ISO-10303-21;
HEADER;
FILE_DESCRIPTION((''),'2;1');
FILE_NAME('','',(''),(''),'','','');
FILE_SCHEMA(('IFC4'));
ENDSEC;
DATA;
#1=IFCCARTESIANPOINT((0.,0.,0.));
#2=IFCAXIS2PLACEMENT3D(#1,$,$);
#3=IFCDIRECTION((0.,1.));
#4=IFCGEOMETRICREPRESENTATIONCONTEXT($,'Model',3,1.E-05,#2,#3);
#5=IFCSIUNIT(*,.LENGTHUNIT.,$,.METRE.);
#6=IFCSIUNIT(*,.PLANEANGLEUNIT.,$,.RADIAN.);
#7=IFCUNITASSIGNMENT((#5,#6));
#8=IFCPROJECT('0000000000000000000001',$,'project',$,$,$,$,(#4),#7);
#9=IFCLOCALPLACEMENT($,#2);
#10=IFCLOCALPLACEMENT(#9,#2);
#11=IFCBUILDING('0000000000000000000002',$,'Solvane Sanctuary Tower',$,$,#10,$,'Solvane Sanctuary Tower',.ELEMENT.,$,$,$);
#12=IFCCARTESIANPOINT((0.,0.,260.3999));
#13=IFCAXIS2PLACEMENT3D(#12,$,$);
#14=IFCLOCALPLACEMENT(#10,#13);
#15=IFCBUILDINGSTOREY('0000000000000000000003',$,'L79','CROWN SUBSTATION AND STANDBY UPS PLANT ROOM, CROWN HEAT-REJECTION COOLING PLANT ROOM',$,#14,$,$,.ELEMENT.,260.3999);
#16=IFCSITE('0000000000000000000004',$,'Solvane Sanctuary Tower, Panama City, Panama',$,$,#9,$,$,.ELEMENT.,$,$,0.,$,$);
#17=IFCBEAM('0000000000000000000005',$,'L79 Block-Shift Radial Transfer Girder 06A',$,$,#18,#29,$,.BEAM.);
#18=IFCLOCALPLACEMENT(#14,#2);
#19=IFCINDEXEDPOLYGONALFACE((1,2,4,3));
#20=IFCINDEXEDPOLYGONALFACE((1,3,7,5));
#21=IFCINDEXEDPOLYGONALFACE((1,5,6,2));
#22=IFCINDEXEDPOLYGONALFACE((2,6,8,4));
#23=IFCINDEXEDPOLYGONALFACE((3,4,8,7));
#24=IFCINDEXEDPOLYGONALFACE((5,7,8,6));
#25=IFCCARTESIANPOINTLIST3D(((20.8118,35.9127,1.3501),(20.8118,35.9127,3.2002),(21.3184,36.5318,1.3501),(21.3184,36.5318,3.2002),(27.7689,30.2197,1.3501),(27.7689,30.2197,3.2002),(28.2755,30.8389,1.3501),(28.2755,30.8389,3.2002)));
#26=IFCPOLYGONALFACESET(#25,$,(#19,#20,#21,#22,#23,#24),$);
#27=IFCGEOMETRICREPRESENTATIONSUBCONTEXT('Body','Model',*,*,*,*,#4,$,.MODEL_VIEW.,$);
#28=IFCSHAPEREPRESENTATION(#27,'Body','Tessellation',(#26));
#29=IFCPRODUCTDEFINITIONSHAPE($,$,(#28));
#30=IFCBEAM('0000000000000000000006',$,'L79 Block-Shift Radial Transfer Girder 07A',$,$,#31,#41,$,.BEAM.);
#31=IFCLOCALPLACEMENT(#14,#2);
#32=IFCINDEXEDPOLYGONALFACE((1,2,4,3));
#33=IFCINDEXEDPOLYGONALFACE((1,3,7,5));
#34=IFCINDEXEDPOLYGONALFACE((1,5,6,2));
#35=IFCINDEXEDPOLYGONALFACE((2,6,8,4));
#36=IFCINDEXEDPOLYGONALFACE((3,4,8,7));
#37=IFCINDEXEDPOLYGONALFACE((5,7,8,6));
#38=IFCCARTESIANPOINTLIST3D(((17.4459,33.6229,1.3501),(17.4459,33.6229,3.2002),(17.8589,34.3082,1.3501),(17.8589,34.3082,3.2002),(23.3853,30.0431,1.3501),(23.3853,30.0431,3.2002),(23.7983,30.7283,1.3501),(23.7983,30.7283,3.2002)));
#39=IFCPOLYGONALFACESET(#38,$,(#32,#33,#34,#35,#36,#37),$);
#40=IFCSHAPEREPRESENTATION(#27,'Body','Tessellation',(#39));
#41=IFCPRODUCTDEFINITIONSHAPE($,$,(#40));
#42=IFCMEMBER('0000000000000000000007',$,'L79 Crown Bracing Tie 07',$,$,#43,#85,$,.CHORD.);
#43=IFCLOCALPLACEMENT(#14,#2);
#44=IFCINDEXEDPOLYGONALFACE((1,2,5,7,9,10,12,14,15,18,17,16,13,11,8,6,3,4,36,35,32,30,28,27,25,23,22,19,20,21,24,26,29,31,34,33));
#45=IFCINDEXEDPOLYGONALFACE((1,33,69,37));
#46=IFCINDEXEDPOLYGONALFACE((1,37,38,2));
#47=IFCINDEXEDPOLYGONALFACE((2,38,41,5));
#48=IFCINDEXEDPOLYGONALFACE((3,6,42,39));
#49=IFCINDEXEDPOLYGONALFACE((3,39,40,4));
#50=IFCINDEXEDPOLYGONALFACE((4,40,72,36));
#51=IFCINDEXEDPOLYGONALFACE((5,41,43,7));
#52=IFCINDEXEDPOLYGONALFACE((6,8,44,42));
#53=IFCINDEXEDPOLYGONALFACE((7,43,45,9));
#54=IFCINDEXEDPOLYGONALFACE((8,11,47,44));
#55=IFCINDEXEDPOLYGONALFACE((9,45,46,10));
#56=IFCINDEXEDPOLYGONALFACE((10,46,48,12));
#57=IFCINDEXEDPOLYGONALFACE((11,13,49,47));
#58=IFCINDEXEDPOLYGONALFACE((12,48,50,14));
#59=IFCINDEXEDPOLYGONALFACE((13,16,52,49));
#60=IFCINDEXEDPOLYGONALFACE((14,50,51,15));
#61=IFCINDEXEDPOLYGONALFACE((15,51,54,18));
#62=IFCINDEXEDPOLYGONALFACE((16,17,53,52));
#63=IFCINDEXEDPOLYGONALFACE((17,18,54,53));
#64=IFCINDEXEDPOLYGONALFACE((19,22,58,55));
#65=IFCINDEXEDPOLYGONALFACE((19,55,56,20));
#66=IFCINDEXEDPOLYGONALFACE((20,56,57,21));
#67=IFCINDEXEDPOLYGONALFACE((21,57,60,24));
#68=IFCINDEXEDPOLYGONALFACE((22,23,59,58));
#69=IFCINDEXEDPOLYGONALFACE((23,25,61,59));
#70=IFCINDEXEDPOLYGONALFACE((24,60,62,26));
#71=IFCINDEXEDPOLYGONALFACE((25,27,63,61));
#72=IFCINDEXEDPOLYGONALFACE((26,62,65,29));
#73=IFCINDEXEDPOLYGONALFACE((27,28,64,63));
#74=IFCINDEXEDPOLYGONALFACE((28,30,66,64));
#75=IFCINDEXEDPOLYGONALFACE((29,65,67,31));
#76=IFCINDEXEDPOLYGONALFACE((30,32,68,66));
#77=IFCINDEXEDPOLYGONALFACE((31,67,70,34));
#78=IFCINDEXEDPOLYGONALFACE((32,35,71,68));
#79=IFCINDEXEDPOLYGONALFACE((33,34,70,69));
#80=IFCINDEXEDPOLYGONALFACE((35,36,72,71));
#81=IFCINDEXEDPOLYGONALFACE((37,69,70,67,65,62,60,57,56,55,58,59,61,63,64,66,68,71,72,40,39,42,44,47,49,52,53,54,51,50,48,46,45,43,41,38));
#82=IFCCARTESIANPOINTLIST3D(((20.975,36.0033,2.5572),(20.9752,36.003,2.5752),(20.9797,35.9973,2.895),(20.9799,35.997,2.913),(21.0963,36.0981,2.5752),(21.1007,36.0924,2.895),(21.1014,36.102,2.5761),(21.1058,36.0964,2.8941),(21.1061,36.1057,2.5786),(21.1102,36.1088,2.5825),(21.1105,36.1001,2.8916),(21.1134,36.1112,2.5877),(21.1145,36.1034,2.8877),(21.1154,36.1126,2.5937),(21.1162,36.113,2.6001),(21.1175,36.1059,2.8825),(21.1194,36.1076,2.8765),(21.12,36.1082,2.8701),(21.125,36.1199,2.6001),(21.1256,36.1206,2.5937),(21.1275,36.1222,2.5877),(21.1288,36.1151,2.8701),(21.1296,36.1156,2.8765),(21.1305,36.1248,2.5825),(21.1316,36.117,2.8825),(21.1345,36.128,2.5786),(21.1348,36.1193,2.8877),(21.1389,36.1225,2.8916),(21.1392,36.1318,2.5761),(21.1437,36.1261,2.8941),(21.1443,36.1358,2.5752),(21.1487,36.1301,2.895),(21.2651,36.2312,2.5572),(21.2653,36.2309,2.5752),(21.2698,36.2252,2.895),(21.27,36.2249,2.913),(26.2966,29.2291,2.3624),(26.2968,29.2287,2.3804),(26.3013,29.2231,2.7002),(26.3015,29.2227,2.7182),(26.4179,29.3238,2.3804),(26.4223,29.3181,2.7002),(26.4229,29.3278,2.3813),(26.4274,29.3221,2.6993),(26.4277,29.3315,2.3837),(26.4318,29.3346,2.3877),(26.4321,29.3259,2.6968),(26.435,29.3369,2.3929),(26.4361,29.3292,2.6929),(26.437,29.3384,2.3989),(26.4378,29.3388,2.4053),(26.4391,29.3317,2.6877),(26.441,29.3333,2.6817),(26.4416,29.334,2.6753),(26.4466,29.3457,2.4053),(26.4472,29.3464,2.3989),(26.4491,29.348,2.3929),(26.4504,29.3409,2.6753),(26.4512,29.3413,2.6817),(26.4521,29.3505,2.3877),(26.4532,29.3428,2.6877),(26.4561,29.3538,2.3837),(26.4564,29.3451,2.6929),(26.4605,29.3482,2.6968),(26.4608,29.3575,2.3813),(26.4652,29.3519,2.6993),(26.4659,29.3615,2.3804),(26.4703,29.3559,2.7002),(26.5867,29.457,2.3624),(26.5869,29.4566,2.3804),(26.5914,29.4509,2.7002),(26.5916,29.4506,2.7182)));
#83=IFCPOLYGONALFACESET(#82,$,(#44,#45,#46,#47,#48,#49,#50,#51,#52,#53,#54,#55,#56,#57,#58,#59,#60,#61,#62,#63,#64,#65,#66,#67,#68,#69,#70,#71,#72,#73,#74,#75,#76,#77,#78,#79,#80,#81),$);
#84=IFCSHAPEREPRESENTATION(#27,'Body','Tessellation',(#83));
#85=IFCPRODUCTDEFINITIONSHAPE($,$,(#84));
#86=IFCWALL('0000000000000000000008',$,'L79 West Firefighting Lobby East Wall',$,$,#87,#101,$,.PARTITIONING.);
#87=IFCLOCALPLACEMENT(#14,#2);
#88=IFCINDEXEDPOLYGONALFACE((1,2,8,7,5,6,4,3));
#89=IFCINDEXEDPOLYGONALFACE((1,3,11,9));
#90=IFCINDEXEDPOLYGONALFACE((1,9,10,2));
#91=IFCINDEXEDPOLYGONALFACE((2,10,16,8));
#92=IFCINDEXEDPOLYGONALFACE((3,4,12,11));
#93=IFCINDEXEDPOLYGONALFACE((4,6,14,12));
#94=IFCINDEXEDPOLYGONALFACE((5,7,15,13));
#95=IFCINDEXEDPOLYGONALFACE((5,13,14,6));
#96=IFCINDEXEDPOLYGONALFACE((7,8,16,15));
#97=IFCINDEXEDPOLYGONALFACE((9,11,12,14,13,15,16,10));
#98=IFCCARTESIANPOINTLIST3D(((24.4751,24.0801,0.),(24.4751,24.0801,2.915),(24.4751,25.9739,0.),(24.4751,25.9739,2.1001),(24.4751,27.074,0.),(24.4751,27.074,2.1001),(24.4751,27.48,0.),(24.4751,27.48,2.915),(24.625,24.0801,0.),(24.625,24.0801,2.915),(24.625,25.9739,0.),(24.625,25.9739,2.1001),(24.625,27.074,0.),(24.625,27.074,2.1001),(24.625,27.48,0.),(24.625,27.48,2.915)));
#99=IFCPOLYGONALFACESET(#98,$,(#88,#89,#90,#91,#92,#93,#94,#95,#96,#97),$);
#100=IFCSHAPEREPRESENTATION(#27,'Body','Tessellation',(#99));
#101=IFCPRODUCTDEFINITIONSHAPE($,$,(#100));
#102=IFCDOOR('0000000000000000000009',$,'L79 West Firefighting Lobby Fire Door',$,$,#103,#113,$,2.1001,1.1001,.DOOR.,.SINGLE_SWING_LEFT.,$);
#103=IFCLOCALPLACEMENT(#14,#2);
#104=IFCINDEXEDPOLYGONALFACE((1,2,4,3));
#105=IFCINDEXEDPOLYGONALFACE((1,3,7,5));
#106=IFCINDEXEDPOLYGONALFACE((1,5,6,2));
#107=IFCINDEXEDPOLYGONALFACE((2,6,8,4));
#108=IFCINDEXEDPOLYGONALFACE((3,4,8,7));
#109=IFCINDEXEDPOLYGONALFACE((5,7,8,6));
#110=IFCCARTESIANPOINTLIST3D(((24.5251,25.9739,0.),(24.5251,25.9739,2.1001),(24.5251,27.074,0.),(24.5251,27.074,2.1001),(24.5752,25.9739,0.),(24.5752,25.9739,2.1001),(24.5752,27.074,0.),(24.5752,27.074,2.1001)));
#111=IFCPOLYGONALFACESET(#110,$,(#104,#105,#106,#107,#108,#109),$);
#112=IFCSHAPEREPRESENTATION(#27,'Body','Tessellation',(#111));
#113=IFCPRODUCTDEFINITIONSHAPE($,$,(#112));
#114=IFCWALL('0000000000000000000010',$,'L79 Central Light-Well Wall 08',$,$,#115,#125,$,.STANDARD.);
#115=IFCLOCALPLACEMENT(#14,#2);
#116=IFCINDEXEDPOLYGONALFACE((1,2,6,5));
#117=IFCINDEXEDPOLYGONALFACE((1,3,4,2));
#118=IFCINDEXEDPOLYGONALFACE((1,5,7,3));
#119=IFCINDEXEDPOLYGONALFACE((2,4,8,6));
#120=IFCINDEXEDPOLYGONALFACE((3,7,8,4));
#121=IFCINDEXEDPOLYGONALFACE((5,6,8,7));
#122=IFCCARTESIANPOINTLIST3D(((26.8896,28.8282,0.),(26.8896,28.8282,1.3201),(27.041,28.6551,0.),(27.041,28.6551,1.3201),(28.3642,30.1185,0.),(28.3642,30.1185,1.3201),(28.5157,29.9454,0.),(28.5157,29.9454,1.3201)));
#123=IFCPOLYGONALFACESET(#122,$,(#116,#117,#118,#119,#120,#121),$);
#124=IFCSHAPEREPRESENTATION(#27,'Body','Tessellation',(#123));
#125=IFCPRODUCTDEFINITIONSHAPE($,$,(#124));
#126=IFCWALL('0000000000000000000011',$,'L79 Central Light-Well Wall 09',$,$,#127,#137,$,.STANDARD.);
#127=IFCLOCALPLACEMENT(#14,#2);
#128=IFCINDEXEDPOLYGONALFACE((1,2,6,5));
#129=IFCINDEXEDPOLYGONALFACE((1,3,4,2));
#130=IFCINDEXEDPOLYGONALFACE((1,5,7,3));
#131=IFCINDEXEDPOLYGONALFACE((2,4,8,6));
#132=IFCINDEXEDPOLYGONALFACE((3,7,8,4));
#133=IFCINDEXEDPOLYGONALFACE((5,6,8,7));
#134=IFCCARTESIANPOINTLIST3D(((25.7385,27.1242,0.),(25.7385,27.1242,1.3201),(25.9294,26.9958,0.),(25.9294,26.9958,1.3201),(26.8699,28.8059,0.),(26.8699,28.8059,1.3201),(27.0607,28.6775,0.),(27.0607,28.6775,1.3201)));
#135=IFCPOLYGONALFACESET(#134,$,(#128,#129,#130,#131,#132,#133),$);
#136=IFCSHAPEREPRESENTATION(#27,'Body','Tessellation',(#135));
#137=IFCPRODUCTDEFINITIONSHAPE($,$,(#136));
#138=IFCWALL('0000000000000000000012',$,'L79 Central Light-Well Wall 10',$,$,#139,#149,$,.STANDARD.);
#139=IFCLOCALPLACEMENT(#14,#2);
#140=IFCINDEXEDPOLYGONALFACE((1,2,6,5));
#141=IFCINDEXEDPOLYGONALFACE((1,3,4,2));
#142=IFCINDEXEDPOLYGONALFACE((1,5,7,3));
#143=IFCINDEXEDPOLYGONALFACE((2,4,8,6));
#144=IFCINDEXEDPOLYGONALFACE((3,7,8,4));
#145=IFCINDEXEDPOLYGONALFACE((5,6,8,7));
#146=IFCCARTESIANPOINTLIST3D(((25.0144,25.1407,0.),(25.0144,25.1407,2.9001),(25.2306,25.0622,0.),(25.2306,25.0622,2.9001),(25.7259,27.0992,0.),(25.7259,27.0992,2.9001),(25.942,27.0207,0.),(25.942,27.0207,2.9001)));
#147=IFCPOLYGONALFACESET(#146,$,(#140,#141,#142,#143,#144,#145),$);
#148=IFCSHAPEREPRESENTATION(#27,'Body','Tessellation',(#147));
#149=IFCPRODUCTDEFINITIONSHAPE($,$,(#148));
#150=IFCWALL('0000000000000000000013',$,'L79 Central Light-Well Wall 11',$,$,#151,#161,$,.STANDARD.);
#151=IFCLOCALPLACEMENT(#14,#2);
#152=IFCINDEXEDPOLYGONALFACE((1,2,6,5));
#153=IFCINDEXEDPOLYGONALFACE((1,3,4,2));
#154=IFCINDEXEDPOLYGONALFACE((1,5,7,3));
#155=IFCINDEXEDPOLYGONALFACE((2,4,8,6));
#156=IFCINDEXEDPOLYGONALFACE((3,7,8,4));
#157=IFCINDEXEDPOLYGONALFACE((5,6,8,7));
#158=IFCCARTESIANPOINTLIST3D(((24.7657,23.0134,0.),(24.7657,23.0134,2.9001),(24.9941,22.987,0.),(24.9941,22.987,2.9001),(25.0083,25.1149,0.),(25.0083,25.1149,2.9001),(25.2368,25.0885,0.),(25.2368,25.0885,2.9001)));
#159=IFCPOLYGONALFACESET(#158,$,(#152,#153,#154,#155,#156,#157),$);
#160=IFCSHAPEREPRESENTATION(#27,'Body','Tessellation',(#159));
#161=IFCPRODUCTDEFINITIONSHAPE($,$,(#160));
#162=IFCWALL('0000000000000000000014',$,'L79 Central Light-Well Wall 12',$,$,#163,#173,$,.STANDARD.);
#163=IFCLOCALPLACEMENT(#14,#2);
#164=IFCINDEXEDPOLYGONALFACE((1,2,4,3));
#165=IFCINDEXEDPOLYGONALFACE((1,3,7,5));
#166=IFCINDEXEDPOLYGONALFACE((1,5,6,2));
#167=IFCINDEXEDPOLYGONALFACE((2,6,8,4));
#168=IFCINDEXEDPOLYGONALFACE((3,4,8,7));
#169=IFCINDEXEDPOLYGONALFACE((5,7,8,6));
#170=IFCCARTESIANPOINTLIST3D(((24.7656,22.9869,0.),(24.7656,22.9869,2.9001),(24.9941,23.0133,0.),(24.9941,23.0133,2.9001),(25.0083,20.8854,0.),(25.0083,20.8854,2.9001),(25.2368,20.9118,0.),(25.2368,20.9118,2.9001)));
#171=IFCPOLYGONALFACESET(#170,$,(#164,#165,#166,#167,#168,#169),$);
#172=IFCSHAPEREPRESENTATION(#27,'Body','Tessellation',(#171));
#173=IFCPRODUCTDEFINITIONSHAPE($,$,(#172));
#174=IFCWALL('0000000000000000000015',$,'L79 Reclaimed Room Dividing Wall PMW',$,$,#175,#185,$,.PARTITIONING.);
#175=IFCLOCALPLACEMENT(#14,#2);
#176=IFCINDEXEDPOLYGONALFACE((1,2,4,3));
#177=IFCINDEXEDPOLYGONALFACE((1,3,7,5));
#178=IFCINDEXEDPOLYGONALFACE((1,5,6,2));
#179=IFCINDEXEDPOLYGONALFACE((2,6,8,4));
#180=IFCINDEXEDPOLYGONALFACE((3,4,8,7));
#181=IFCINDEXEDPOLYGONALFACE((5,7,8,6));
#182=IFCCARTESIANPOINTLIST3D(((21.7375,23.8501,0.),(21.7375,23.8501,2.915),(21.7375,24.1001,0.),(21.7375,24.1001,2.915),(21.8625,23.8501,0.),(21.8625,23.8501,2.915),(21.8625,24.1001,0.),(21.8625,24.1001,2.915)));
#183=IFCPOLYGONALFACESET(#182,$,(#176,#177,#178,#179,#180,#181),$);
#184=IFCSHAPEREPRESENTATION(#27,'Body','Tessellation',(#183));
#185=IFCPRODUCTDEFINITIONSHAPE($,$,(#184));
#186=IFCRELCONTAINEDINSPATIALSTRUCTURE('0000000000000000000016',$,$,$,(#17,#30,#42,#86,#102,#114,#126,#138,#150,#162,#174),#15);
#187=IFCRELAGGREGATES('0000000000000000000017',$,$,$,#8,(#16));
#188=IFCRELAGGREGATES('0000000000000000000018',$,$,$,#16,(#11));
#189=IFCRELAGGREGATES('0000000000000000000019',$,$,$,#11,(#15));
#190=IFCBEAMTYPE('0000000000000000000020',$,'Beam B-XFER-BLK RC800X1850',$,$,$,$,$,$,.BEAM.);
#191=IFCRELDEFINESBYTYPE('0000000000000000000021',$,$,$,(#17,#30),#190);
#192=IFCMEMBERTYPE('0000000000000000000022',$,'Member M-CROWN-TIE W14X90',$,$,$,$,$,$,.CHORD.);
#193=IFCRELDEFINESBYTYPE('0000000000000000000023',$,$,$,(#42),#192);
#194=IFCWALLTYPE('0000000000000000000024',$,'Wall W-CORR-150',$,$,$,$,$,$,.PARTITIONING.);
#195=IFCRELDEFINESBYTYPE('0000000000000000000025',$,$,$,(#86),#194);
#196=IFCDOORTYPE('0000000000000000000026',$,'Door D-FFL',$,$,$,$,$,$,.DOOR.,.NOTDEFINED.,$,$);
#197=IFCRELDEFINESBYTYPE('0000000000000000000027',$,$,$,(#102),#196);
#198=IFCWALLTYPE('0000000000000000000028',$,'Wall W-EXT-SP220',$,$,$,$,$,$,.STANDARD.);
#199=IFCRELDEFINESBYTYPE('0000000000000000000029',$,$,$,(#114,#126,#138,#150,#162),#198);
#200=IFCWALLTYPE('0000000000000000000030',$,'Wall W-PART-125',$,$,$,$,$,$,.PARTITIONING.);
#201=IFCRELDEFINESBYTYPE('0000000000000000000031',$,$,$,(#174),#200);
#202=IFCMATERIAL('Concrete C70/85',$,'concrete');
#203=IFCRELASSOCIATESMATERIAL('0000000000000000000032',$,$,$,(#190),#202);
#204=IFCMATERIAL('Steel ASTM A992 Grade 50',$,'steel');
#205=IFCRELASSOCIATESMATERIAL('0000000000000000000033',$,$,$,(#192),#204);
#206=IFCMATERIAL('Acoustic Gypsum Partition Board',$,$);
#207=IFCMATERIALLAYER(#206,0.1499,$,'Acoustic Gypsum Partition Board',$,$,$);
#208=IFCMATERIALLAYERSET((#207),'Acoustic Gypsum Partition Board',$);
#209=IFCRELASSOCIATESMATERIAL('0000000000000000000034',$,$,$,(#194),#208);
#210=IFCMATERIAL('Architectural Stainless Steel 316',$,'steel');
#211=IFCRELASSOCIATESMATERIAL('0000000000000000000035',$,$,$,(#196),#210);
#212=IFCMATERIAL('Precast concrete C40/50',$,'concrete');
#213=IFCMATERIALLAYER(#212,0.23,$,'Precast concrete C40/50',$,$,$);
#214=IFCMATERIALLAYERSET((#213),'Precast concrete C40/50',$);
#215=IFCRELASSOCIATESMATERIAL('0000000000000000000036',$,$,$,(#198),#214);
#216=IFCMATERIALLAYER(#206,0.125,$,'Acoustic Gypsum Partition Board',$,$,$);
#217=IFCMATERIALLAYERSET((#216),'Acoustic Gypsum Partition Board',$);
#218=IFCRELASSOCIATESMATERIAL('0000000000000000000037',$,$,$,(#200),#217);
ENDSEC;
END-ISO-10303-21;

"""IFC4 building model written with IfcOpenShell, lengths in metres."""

from ifc_helpers import new_model, si_unit, direction, frame, frame_2d, origin, origin_2d, place, context, subcontext, project, spatial, rectangle, i_section, extrude, material, layer, layer_set, material_profile, profile_set, type_object, element, fill, save


model = new_model("IFC4")

# Units and contexts
model_context = context("Model", 3, precision=1e-05, world=origin(), true_north=direction((0.0, 1.0)))
body_context = subcontext(model_context, "Body", "Model", "MODEL_VIEW")
ifc_project = project(units=[si_unit("LENGTHUNIT", "METRE"), si_unit("PLANEANGLEUNIT", "RADIAN")], contexts=[model_context])

# Site, building, storey
site_placement = place(None, origin())
site = spatial("IfcSite", under=ifc_project, at=site_placement, Name="Solvane Sanctuary Tower, Panama City, Panama", CompositionType="ELEMENT", RefElevation=0.0)
building_placement = place(site_placement, origin())
building = spatial("IfcBuilding", under=site, at=building_placement, Name="Solvane Sanctuary Tower", LongName="Solvane Sanctuary Tower", CompositionType="ELEMENT")
storey_placement = place(building_placement, frame((0.0, 0.0, 260.3999)))
storey = spatial("IfcBuildingStorey", under=building, at=storey_placement, Name="L79", Description="CROWN SUBSTATION AND STANDBY UPS PLANT ROOM, CROWN HEAT-REJECTION COOLING PLANT ROOM", CompositionType="ELEMENT", Elevation=260.3999)

# Shared definitions
ifc_material_1 = material(Name="Concrete C70/85", Category="concrete")

# Beams
ifc_material_2 = material(Name="Steel ASTM A992 Grade 50", Category="steel")
ifc_material_profile_1 = material_profile(ifc_material_1, rectangle(XDim=0.8, YDim=1.8501, at=origin_2d()), Name="RC800X1850")
ifc_profile_set_1 = profile_set([ifc_material_profile_1], Name="Concrete C70/85")
beam_type_1 = type_object("IfcBeamType", Name="Beam B-XFER-BLK RC800X1850", PredefinedType="BEAM", material=ifc_profile_set_1)
beam_1_placement = place(storey_placement, frame((28.0222, 30.5293, 2.2751), z_axis=(-0.773916, 0.633288, 0.0), x_axis=(-0.633288, -0.773916, 0.0)))
element("IfcBeam", 1, at=beam_1_placement, inside=storey, type_object=beam_type_1, Name="L79 Block-Shift Radial Transfer Girder 06A", PredefinedType="BEAM", context=body_context, shape_type="SweptSolid", body=[
    extrude(rectangle(XDim=0.8, YDim=1.8501, at=origin_2d()), origin(), (0.0, 0.0, 1.0), 8.9895),
])
beam_2_placement = place(storey_placement, frame((23.5918, 30.3857, 2.2751), z_axis=(-0.856463, 0.516208, 0.0), x_axis=(-0.516208, -0.856463, 0.0)))
element("IfcBeam", 2, at=beam_2_placement, inside=storey, type_object=beam_type_1, Name="L79 Block-Shift Radial Transfer Girder 07A", PredefinedType="BEAM", context=body_context, shape_type="SweptSolid", body=[
    extrude(rectangle(XDim=0.8, YDim=1.8501, at=origin_2d()), origin(), (0.0, 0.0, 1.0), 6.9348),
])

# Member
ifc_material_profile_2 = material_profile(ifc_material_2, i_section(OverallWidth=0.3689, OverallDepth=0.356, WebThickness=0.0112, FlangeThickness=0.0181, FilletRadius=0.0249, at=origin_2d()), Name="W14X90")
ifc_profile_set_2 = profile_set([ifc_material_profile_2], Name="Steel ASTM A992 Grade 50")
member_type = type_object("IfcMemberType", Name="Member M-CROWN-TIE W14X90", PredefinedType="CHORD", material=ifc_profile_set_2)
member_placement = place(storey_placement, frame((26.4441, 29.3398, 2.5403), z_axis=(-0.61759, 0.786175, 0.02261), x_axis=(-0.786376, -0.617748, 0.0)))
element("IfcMember", 3, at=member_placement, inside=storey, type_object=member_type, Name="L79 Crown Bracing Tie 07", PredefinedType="CHORD", context=body_context, shape_type="SweptSolid", body=[
    extrude(i_section(OverallWidth=0.3689, OverallDepth=0.356, WebThickness=0.0112, FlangeThickness=0.0181, FilletRadius=0.0249, at=origin_2d()), origin(), (0.0, 0.0, 1.0), 8.6167),
])

# Wall, opening, door
ifc_material_3 = material(Name="Acoustic Gypsum Partition Board")
ifc_layer_1 = layer(ifc_material_3, 0.1499, Name="Acoustic Gypsum Partition Board")
ifc_layer_set_1 = layer_set([ifc_layer_1], Name="Acoustic Gypsum Partition Board")
wall_type_1 = type_object("IfcWallType", Name="Wall W-CORR-150", PredefinedType="PARTITIONING", material=ifc_layer_set_1)
wall_1_placement = place(storey_placement, frame((24.55, 24.0801, 0.0), z_axis=(0.0, 0.0, 1.0), x_axis=(0.0, 1.0, 0.0)))
wall_1 = element("IfcWall", 4, at=wall_1_placement, inside=storey, type_object=wall_type_1, Name="L79 West Firefighting Lobby East Wall", PredefinedType="PARTITIONING", context=body_context, shape_type="SweptSolid", body=[
    extrude(rectangle(XDim=3.3999, YDim=0.1499, at=frame_2d((1.7, 0.0))), origin(), (0.0, 0.0, 1.0), 2.915),
])
opening_1_placement = place(wall_1_placement, frame((1.8938, 0.0, 0.0)))
opening_1 = element("IfcOpeningElement", 5, at=opening_1_placement, cuts=wall_1, PredefinedType="OPENING", context=body_context, shape_type="SweptSolid", body=[
    extrude(rectangle(XDim=1.1001, YDim=2.1001, at=frame_2d((0.55, 1.05))), frame((0.0, 0.085, 0.0), z_axis=(0.0, -1.0, 0.0), x_axis=(1.0, 0.0, 0.0)), (0.0, 0.0, 1.0), 0.1699),
])
ifc_material_4 = material(Name="Architectural Stainless Steel 316", Category="steel")
door_type_1 = type_object("IfcDoorType", Name="Door D-FFL", OperationType="NOTDEFINED", PredefinedType="DOOR", material=ifc_material_4)
door_1_placement = place(opening_1_placement, origin())
door_1 = element("IfcDoor", 6, at=door_1_placement, inside=storey, type_object=door_type_1, Name="L79 West Firefighting Lobby Fire Door", OperationType="SINGLE_SWING_LEFT", OverallHeight=2.1001, OverallWidth=1.1001, PredefinedType="DOOR", context=body_context, shape_type="SweptSolid", body=[
    extrude(rectangle(XDim=1.1001, YDim=2.1001, at=frame_2d((0.55, 1.05))), frame((0.0, 0.0249, 0.0), z_axis=(0.0, -1.0, 0.0), x_axis=(1.0, 0.0, 0.0)), (0.0, 0.0, 1.0), 0.05),
])
fill(opening_1, door_1)

# Walls
ifc_material_5 = material(Name="Precast concrete C40/50", Category="concrete")
ifc_layer_2 = layer(ifc_material_5, 0.23, Name="Precast concrete C40/50")
ifc_layer_set_2 = layer_set([ifc_layer_2], Name="Precast concrete C40/50")
wall_type_2 = type_object("IfcWallType", Name="Wall W-EXT-SP220", PredefinedType="STANDARD", material=ifc_layer_set_2)
wall_2_placement = place(storey_placement, frame((28.4399, 30.032, 0.0), z_axis=(0.0, 0.0, 1.0), x_axis=(-0.752577, -0.658505, 0.0)))
element("IfcWall", 7, at=wall_2_placement, inside=storey, type_object=wall_type_2, Name="L79 Central Light-Well Wall 08", PredefinedType="STANDARD", context=body_context, shape_type="SweptSolid", body=[
    extrude(rectangle(XDim=1.9595, YDim=0.23, at=frame_2d((0.9797, 0.0))), origin(), (0.0, 0.0, 1.0), 1.3201),
])
wall_3_placement = place(storey_placement, frame((26.9653, 28.7417, 0.0), z_axis=(0.0, 0.0, 1.0), x_axis=(-0.558198, -0.829708, 0.0)))
element("IfcWall", 8, at=wall_3_placement, inside=storey, type_object=wall_type_2, Name="L79 Central Light-Well Wall 09", PredefinedType="STANDARD", context=body_context, shape_type="SweptSolid", body=[
    extrude(rectangle(XDim=2.0269, YDim=0.23, at=frame_2d((1.0134, 0.0))), origin(), (0.0, 0.0, 1.0), 1.3201),
])
wall_4_placement = place(storey_placement, frame((25.834, 27.0601, 0.0), z_axis=(0.0, 0.0, 1.0), x_axis=(-0.341423, -0.93991, 0.0)))
element("IfcWall", 9, at=wall_4_placement, inside=storey, type_object=wall_type_2, Name="L79 Central Light-Well Wall 10", PredefinedType="STANDARD", context=body_context, shape_type="SweptSolid", body=[
    extrude(rectangle(XDim=2.0837, YDim=0.23, at=frame_2d((1.042, 0.0))), origin(), (0.0, 0.0, 1.0), 2.9001),
])
for number, where, z_axis, x_axis, name in (
    (10, (25.1226, 25.1016, 0.0), (0.0, 0.0, 1.0), (-0.114712, -0.993399, 0.0), "L79 Central Light-Well Wall 11"),
    (11, (24.8799, 23.0, 0.0), (0.0, 0.0, 1.0), (0.114712, -0.993399, 0.0), "L79 Central Light-Well Wall 12"),
):
    element("IfcWall", number, at=place(storey_placement, frame(where, z_axis=z_axis, x_axis=x_axis)), inside=storey, type_object=wall_type_2, Name=name, PredefinedType="STANDARD", context=body_context, shape_type="SweptSolid", body=[
        extrude(rectangle(XDim=2.1155, YDim=0.23, at=frame_2d((1.0576, 0.0))), origin(), (0.0, 0.0, 1.0), 2.9001),
    ])
ifc_layer_3 = layer(ifc_material_3, 0.125, Name="Acoustic Gypsum Partition Board")
ifc_layer_set_3 = layer_set([ifc_layer_3], Name="Acoustic Gypsum Partition Board")
wall_type_3 = type_object("IfcWallType", Name="Wall W-PART-125", PredefinedType="PARTITIONING", material=ifc_layer_set_3)
wall_5_placement = place(storey_placement, frame((21.8, 23.8501, 0.0), z_axis=(0.0, 0.0, 1.0), x_axis=(0.0, 1.0, 0.0)))
element("IfcWall", 12, at=wall_5_placement, inside=storey, type_object=wall_type_3, Name="L79 Reclaimed Room Dividing Wall PMW", PredefinedType="PARTITIONING", context=body_context, shape_type="SweptSolid", body=[
    extrude(rectangle(XDim=0.25, YDim=0.125, at=frame_2d((0.125, 0.0))), origin(), (0.0, 0.0, 1.0), 2.915),
])

save(model, "model.ifc")
